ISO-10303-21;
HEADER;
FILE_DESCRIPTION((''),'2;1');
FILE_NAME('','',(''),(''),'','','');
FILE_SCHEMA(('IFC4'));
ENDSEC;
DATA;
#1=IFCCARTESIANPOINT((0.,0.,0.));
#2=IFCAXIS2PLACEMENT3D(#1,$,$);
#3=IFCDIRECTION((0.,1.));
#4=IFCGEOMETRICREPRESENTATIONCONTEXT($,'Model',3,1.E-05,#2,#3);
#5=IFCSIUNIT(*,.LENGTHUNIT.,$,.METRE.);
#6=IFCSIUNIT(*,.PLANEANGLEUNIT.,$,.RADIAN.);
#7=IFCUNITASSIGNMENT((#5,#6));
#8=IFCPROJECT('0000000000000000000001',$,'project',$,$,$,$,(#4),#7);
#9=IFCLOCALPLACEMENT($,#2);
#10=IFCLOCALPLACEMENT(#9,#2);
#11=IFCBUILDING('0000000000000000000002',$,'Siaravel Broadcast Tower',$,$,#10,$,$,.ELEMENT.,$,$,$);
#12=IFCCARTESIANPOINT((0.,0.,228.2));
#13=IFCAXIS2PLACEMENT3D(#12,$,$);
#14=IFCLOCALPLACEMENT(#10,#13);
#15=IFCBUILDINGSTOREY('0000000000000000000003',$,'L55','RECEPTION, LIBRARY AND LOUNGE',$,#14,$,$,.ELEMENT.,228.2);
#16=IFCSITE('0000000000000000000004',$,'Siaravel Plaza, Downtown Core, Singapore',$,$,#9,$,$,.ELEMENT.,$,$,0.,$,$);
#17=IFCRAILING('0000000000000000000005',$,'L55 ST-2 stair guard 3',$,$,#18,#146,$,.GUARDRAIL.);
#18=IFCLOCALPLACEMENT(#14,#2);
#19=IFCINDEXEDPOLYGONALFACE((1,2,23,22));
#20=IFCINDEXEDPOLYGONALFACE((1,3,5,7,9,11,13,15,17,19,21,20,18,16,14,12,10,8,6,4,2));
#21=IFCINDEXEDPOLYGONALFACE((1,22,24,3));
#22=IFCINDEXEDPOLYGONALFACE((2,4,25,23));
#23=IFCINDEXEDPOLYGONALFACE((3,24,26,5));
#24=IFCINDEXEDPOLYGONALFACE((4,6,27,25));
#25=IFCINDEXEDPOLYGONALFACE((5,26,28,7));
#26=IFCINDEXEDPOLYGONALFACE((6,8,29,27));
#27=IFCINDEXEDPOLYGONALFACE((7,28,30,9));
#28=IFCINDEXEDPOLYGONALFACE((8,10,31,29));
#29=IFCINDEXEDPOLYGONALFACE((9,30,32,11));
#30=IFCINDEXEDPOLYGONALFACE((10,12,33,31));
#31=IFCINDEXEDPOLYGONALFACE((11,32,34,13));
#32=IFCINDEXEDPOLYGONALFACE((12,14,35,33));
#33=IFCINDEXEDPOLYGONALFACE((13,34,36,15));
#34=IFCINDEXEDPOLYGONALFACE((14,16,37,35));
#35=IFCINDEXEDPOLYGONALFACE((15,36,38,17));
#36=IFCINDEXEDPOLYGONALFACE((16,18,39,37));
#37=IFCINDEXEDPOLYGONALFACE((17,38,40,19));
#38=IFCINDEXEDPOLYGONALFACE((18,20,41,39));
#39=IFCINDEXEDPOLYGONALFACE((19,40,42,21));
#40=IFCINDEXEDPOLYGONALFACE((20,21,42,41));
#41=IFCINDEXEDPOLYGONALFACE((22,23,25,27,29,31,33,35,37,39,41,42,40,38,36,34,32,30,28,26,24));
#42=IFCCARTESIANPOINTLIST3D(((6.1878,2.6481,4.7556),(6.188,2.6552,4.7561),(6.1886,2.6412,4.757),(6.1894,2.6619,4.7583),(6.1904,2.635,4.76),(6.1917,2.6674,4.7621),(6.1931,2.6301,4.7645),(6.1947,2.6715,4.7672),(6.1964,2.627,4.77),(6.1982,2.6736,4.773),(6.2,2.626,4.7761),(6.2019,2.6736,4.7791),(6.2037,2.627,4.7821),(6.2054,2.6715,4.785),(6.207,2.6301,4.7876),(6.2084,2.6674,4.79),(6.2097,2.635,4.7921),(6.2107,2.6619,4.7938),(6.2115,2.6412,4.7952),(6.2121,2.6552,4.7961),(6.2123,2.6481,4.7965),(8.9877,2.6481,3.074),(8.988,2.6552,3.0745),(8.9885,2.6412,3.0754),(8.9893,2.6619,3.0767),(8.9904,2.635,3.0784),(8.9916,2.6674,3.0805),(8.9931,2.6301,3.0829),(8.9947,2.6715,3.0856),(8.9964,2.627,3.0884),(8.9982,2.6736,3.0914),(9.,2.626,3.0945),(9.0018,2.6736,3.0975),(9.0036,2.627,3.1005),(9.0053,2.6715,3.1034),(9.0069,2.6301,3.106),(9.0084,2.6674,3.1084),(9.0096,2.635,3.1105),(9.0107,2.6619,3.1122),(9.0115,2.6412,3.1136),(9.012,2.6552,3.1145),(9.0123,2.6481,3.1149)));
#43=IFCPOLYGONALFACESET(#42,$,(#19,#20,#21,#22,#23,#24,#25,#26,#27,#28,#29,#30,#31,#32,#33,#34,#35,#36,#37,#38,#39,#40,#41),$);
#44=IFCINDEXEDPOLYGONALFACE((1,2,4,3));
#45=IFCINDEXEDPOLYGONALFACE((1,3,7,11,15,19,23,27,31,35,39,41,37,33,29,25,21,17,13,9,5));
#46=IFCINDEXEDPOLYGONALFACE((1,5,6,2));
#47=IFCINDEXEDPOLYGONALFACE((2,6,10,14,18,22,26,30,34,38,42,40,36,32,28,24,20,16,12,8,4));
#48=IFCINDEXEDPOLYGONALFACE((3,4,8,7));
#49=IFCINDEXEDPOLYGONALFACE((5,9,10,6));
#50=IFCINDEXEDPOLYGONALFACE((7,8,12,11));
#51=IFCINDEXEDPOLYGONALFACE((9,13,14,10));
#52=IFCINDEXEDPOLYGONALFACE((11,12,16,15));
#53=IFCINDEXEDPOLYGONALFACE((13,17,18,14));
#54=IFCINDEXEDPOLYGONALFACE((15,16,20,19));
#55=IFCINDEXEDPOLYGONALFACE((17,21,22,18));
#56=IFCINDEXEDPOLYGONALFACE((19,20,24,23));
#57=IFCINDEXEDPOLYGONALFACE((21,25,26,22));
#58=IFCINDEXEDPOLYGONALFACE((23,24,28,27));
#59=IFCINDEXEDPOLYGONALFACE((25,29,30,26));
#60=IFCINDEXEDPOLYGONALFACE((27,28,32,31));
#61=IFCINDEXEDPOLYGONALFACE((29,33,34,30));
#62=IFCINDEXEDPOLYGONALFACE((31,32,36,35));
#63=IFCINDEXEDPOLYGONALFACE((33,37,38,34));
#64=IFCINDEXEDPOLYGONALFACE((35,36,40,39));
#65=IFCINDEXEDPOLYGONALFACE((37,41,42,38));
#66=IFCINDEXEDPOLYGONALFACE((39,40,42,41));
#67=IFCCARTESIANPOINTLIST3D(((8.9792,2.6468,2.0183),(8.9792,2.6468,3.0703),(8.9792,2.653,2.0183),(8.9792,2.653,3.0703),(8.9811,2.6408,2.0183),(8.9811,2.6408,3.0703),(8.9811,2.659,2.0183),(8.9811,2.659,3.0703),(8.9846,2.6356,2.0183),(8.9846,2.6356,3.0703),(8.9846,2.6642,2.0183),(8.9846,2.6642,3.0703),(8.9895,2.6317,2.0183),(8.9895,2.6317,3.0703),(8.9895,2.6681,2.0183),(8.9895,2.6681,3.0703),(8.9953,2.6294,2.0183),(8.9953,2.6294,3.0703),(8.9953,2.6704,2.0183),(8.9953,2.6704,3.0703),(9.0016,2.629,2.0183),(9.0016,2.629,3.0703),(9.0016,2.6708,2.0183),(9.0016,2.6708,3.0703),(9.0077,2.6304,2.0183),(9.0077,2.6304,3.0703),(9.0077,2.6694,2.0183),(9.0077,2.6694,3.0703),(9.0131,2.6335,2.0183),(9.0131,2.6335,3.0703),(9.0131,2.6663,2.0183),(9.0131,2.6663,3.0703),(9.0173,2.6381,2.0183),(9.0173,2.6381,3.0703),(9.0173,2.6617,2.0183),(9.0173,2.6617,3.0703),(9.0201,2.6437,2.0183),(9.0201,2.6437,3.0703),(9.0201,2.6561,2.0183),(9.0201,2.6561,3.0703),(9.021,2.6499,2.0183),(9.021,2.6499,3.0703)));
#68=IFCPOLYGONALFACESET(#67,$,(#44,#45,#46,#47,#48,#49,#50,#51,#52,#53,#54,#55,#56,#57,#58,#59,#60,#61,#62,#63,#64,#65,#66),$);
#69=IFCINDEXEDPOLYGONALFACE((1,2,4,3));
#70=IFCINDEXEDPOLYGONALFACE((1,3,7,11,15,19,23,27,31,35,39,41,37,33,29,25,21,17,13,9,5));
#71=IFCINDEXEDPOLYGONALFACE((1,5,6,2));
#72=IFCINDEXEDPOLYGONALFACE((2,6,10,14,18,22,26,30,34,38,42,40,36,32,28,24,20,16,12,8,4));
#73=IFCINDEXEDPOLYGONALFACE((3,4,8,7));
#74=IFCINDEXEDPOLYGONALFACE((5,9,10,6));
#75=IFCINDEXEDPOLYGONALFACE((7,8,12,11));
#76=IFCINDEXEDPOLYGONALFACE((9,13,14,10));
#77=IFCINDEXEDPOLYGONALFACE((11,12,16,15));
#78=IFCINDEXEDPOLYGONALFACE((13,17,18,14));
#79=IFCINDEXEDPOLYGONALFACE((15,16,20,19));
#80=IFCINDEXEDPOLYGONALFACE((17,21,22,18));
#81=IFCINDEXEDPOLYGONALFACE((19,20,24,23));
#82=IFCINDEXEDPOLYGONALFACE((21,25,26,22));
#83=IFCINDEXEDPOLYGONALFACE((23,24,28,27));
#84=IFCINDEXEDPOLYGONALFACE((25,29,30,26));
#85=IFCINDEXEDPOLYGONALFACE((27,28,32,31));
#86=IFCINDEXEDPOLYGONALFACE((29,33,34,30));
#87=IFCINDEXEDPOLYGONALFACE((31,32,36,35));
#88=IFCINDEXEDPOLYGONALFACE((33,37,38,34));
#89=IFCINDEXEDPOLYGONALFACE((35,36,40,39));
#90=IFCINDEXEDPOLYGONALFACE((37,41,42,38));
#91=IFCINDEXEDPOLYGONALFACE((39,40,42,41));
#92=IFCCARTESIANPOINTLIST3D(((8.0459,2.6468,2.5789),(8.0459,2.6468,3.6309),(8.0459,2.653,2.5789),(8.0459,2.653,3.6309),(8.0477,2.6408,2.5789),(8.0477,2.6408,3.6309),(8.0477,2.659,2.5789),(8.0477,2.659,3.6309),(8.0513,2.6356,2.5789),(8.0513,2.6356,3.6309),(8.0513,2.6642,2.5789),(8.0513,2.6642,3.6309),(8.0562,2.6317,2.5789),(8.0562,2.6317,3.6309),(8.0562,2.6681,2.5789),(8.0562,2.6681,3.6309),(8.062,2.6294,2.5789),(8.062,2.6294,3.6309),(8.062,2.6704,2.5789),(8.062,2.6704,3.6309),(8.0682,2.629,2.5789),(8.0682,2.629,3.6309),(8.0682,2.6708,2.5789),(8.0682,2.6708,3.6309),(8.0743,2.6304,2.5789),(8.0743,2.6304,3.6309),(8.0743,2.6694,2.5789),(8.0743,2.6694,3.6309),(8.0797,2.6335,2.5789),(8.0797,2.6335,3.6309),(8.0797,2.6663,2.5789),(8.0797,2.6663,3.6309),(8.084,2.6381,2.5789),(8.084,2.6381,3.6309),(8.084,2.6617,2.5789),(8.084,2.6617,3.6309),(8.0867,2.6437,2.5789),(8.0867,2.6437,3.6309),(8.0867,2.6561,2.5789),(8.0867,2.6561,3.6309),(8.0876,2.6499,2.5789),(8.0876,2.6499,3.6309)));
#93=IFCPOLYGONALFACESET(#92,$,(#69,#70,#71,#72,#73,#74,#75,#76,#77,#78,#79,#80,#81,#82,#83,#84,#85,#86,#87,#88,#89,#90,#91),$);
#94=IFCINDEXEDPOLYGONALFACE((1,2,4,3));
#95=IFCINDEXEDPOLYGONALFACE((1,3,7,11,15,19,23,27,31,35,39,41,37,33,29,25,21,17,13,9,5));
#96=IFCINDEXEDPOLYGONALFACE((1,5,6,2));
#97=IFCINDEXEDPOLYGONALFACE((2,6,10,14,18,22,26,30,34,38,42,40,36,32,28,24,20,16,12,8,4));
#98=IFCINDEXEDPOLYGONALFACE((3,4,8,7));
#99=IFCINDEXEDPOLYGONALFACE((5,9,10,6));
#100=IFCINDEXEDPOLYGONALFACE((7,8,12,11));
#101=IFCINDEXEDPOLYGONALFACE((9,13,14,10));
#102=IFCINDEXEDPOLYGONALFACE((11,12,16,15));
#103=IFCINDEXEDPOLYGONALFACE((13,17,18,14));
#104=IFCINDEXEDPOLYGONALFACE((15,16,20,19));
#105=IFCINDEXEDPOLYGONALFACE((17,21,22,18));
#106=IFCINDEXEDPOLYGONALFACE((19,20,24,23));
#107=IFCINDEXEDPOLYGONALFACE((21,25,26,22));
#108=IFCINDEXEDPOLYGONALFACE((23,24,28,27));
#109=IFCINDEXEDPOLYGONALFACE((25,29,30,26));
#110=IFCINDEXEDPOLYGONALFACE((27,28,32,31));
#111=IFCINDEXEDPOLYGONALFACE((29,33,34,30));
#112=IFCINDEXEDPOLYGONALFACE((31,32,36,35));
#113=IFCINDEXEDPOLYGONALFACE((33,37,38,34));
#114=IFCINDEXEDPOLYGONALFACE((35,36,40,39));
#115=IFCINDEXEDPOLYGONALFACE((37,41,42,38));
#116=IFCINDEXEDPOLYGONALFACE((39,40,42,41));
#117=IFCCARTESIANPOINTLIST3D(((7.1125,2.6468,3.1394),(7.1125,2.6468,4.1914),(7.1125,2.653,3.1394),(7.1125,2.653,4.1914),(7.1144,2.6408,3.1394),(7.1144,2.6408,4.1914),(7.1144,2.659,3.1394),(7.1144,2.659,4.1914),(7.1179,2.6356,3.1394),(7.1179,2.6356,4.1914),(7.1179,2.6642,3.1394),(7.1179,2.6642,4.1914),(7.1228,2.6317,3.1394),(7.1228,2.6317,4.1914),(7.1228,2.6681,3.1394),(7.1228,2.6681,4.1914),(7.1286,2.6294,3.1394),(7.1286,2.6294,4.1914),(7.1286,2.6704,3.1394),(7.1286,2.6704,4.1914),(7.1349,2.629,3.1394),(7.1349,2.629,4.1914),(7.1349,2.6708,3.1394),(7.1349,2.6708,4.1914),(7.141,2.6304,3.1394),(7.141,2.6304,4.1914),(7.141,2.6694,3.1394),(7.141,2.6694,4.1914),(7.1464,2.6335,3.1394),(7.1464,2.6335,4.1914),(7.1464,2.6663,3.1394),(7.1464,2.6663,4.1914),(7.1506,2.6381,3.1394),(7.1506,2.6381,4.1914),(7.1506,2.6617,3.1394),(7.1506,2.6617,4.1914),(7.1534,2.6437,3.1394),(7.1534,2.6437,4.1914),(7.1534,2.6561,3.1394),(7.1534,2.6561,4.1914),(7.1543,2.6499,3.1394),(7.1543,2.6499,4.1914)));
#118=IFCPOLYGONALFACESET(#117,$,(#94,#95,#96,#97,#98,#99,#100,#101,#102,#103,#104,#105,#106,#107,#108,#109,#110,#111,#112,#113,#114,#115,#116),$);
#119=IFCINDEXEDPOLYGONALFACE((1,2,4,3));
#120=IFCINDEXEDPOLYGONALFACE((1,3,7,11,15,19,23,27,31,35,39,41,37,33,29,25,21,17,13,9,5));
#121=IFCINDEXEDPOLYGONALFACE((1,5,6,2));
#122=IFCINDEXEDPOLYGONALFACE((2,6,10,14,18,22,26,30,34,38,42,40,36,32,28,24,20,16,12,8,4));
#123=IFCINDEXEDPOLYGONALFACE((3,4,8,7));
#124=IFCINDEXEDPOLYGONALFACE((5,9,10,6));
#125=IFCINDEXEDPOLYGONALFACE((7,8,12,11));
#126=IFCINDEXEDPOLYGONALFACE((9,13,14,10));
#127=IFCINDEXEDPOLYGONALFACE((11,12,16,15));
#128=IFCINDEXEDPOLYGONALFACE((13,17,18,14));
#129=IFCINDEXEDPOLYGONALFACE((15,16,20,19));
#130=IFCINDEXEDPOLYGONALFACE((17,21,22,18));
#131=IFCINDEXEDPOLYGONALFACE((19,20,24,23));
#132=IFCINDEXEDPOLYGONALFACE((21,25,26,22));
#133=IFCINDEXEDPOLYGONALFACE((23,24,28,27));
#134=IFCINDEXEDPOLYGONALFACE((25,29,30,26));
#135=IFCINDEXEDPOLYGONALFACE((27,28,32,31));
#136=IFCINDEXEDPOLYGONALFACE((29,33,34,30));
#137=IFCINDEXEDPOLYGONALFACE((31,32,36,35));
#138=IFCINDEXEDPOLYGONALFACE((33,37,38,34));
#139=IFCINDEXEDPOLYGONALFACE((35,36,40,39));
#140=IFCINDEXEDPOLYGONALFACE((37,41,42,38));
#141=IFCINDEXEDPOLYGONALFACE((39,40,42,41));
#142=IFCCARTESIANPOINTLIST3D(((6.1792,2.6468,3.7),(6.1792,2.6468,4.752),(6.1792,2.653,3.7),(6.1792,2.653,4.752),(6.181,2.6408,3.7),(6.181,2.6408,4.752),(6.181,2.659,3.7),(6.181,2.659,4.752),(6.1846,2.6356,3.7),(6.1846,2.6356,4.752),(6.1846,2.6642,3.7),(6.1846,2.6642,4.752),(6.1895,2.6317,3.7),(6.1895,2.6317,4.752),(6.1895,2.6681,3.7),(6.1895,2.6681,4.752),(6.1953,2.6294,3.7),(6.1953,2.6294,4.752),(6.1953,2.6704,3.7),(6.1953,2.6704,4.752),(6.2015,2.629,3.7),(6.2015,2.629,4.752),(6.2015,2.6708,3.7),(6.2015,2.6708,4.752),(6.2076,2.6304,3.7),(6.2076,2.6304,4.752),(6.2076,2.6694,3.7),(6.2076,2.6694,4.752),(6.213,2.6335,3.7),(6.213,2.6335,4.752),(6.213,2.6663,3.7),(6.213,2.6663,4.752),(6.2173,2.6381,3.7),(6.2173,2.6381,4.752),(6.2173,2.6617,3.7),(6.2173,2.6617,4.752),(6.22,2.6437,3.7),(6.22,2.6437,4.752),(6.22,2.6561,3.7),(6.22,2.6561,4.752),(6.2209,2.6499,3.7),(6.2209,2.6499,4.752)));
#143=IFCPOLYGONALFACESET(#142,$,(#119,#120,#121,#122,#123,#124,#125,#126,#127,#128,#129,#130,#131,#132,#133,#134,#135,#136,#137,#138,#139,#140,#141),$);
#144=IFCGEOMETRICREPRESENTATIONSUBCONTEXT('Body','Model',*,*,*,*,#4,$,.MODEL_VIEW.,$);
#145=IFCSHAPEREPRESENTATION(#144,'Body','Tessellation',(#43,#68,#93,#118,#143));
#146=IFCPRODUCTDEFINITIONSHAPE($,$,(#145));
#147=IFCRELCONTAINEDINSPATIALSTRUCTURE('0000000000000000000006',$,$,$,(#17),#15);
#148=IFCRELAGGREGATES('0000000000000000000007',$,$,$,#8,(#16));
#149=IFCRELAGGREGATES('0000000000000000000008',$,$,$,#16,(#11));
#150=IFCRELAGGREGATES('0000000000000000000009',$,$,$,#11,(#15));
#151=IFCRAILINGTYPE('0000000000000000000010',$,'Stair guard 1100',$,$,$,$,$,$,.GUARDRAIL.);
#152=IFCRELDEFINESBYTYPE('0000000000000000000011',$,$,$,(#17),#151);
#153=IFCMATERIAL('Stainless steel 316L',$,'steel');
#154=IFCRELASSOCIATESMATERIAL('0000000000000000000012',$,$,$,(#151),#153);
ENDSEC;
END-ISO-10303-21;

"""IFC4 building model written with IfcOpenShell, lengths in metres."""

from ifc_helpers import new_model, si_unit, direction, frame, origin, origin_2d, place, context, subcontext, project, spatial, circle, extrude, material, type_object, element, save


model = new_model("IFC4")

# Units and contexts
model_context = context("Model", 3, precision=1e-05, world=origin(), true_north=direction((0.0, 1.0)))
body_context = subcontext(model_context, "Body", "Model", "MODEL_VIEW")
ifc_project = project(units=[si_unit("LENGTHUNIT", "METRE"), si_unit("PLANEANGLEUNIT", "RADIAN")], contexts=[model_context])

# Site, building, storey
site_placement = place(None, origin())
site = spatial("IfcSite", under=ifc_project, at=site_placement, Name="Siaravel Plaza, Downtown Core, Singapore", CompositionType="ELEMENT", RefElevation=0.0)
building_placement = place(site_placement, origin())
building = spatial("IfcBuilding", under=site, at=building_placement, Name="Siaravel Broadcast Tower", CompositionType="ELEMENT")
storey_placement = place(building_placement, frame((0.0, 0.0, 228.2)))
storey = spatial("IfcBuildingStorey", under=building, at=storey_placement, Name="L55", Description="RECEPTION, LIBRARY AND LOUNGE", CompositionType="ELEMENT", Elevation=228.2)

# Railing
ifc_material_1 = material(Name="Stainless steel 316L", Category="steel")
railing_type_1 = type_object("IfcRailingType", Name="Stair guard 1100", PredefinedType="GUARDRAIL", material=ifc_material_1)
railing_1_placement = place(storey_placement, frame((9.0, 2.6499, 2.0183)))
element("IfcRailing", 1, at=railing_1_placement, inside=storey, type_object=railing_type_1, Name="L55 ST-2 stair guard 3", PredefinedType="GUARDRAIL", context=body_context, shape_type="SweptSolid", body=[
    extrude(circle(Radius=0.0239, at=origin_2d()), frame((0.0, 0.0, 1.0762), z_axis=(-0.857275, 0.0, 0.514858), x_axis=(0.0, -1.0, 0.0)), (0.0, 0.0, 1.0), 3.2661),
    extrude(circle(Radius=0.021, at=origin_2d()), origin(), (0.0, 0.0, 1.0), 1.052),
    extrude(circle(Radius=0.021, at=origin_2d()), frame((-0.9333, 0.0, 0.5605)), (0.0, 0.0, 1.0), 1.052),
    extrude(circle(Radius=0.021, at=origin_2d()), frame((-1.8667, 0.0, 1.1211)), (0.0, 0.0, 1.0), 1.052),
    extrude(circle(Radius=0.021, at=origin_2d()), frame((-2.8, 0.0, 1.6816)), (0.0, 0.0, 1.0), 1.052),
])

save(model, "model.ifc")
